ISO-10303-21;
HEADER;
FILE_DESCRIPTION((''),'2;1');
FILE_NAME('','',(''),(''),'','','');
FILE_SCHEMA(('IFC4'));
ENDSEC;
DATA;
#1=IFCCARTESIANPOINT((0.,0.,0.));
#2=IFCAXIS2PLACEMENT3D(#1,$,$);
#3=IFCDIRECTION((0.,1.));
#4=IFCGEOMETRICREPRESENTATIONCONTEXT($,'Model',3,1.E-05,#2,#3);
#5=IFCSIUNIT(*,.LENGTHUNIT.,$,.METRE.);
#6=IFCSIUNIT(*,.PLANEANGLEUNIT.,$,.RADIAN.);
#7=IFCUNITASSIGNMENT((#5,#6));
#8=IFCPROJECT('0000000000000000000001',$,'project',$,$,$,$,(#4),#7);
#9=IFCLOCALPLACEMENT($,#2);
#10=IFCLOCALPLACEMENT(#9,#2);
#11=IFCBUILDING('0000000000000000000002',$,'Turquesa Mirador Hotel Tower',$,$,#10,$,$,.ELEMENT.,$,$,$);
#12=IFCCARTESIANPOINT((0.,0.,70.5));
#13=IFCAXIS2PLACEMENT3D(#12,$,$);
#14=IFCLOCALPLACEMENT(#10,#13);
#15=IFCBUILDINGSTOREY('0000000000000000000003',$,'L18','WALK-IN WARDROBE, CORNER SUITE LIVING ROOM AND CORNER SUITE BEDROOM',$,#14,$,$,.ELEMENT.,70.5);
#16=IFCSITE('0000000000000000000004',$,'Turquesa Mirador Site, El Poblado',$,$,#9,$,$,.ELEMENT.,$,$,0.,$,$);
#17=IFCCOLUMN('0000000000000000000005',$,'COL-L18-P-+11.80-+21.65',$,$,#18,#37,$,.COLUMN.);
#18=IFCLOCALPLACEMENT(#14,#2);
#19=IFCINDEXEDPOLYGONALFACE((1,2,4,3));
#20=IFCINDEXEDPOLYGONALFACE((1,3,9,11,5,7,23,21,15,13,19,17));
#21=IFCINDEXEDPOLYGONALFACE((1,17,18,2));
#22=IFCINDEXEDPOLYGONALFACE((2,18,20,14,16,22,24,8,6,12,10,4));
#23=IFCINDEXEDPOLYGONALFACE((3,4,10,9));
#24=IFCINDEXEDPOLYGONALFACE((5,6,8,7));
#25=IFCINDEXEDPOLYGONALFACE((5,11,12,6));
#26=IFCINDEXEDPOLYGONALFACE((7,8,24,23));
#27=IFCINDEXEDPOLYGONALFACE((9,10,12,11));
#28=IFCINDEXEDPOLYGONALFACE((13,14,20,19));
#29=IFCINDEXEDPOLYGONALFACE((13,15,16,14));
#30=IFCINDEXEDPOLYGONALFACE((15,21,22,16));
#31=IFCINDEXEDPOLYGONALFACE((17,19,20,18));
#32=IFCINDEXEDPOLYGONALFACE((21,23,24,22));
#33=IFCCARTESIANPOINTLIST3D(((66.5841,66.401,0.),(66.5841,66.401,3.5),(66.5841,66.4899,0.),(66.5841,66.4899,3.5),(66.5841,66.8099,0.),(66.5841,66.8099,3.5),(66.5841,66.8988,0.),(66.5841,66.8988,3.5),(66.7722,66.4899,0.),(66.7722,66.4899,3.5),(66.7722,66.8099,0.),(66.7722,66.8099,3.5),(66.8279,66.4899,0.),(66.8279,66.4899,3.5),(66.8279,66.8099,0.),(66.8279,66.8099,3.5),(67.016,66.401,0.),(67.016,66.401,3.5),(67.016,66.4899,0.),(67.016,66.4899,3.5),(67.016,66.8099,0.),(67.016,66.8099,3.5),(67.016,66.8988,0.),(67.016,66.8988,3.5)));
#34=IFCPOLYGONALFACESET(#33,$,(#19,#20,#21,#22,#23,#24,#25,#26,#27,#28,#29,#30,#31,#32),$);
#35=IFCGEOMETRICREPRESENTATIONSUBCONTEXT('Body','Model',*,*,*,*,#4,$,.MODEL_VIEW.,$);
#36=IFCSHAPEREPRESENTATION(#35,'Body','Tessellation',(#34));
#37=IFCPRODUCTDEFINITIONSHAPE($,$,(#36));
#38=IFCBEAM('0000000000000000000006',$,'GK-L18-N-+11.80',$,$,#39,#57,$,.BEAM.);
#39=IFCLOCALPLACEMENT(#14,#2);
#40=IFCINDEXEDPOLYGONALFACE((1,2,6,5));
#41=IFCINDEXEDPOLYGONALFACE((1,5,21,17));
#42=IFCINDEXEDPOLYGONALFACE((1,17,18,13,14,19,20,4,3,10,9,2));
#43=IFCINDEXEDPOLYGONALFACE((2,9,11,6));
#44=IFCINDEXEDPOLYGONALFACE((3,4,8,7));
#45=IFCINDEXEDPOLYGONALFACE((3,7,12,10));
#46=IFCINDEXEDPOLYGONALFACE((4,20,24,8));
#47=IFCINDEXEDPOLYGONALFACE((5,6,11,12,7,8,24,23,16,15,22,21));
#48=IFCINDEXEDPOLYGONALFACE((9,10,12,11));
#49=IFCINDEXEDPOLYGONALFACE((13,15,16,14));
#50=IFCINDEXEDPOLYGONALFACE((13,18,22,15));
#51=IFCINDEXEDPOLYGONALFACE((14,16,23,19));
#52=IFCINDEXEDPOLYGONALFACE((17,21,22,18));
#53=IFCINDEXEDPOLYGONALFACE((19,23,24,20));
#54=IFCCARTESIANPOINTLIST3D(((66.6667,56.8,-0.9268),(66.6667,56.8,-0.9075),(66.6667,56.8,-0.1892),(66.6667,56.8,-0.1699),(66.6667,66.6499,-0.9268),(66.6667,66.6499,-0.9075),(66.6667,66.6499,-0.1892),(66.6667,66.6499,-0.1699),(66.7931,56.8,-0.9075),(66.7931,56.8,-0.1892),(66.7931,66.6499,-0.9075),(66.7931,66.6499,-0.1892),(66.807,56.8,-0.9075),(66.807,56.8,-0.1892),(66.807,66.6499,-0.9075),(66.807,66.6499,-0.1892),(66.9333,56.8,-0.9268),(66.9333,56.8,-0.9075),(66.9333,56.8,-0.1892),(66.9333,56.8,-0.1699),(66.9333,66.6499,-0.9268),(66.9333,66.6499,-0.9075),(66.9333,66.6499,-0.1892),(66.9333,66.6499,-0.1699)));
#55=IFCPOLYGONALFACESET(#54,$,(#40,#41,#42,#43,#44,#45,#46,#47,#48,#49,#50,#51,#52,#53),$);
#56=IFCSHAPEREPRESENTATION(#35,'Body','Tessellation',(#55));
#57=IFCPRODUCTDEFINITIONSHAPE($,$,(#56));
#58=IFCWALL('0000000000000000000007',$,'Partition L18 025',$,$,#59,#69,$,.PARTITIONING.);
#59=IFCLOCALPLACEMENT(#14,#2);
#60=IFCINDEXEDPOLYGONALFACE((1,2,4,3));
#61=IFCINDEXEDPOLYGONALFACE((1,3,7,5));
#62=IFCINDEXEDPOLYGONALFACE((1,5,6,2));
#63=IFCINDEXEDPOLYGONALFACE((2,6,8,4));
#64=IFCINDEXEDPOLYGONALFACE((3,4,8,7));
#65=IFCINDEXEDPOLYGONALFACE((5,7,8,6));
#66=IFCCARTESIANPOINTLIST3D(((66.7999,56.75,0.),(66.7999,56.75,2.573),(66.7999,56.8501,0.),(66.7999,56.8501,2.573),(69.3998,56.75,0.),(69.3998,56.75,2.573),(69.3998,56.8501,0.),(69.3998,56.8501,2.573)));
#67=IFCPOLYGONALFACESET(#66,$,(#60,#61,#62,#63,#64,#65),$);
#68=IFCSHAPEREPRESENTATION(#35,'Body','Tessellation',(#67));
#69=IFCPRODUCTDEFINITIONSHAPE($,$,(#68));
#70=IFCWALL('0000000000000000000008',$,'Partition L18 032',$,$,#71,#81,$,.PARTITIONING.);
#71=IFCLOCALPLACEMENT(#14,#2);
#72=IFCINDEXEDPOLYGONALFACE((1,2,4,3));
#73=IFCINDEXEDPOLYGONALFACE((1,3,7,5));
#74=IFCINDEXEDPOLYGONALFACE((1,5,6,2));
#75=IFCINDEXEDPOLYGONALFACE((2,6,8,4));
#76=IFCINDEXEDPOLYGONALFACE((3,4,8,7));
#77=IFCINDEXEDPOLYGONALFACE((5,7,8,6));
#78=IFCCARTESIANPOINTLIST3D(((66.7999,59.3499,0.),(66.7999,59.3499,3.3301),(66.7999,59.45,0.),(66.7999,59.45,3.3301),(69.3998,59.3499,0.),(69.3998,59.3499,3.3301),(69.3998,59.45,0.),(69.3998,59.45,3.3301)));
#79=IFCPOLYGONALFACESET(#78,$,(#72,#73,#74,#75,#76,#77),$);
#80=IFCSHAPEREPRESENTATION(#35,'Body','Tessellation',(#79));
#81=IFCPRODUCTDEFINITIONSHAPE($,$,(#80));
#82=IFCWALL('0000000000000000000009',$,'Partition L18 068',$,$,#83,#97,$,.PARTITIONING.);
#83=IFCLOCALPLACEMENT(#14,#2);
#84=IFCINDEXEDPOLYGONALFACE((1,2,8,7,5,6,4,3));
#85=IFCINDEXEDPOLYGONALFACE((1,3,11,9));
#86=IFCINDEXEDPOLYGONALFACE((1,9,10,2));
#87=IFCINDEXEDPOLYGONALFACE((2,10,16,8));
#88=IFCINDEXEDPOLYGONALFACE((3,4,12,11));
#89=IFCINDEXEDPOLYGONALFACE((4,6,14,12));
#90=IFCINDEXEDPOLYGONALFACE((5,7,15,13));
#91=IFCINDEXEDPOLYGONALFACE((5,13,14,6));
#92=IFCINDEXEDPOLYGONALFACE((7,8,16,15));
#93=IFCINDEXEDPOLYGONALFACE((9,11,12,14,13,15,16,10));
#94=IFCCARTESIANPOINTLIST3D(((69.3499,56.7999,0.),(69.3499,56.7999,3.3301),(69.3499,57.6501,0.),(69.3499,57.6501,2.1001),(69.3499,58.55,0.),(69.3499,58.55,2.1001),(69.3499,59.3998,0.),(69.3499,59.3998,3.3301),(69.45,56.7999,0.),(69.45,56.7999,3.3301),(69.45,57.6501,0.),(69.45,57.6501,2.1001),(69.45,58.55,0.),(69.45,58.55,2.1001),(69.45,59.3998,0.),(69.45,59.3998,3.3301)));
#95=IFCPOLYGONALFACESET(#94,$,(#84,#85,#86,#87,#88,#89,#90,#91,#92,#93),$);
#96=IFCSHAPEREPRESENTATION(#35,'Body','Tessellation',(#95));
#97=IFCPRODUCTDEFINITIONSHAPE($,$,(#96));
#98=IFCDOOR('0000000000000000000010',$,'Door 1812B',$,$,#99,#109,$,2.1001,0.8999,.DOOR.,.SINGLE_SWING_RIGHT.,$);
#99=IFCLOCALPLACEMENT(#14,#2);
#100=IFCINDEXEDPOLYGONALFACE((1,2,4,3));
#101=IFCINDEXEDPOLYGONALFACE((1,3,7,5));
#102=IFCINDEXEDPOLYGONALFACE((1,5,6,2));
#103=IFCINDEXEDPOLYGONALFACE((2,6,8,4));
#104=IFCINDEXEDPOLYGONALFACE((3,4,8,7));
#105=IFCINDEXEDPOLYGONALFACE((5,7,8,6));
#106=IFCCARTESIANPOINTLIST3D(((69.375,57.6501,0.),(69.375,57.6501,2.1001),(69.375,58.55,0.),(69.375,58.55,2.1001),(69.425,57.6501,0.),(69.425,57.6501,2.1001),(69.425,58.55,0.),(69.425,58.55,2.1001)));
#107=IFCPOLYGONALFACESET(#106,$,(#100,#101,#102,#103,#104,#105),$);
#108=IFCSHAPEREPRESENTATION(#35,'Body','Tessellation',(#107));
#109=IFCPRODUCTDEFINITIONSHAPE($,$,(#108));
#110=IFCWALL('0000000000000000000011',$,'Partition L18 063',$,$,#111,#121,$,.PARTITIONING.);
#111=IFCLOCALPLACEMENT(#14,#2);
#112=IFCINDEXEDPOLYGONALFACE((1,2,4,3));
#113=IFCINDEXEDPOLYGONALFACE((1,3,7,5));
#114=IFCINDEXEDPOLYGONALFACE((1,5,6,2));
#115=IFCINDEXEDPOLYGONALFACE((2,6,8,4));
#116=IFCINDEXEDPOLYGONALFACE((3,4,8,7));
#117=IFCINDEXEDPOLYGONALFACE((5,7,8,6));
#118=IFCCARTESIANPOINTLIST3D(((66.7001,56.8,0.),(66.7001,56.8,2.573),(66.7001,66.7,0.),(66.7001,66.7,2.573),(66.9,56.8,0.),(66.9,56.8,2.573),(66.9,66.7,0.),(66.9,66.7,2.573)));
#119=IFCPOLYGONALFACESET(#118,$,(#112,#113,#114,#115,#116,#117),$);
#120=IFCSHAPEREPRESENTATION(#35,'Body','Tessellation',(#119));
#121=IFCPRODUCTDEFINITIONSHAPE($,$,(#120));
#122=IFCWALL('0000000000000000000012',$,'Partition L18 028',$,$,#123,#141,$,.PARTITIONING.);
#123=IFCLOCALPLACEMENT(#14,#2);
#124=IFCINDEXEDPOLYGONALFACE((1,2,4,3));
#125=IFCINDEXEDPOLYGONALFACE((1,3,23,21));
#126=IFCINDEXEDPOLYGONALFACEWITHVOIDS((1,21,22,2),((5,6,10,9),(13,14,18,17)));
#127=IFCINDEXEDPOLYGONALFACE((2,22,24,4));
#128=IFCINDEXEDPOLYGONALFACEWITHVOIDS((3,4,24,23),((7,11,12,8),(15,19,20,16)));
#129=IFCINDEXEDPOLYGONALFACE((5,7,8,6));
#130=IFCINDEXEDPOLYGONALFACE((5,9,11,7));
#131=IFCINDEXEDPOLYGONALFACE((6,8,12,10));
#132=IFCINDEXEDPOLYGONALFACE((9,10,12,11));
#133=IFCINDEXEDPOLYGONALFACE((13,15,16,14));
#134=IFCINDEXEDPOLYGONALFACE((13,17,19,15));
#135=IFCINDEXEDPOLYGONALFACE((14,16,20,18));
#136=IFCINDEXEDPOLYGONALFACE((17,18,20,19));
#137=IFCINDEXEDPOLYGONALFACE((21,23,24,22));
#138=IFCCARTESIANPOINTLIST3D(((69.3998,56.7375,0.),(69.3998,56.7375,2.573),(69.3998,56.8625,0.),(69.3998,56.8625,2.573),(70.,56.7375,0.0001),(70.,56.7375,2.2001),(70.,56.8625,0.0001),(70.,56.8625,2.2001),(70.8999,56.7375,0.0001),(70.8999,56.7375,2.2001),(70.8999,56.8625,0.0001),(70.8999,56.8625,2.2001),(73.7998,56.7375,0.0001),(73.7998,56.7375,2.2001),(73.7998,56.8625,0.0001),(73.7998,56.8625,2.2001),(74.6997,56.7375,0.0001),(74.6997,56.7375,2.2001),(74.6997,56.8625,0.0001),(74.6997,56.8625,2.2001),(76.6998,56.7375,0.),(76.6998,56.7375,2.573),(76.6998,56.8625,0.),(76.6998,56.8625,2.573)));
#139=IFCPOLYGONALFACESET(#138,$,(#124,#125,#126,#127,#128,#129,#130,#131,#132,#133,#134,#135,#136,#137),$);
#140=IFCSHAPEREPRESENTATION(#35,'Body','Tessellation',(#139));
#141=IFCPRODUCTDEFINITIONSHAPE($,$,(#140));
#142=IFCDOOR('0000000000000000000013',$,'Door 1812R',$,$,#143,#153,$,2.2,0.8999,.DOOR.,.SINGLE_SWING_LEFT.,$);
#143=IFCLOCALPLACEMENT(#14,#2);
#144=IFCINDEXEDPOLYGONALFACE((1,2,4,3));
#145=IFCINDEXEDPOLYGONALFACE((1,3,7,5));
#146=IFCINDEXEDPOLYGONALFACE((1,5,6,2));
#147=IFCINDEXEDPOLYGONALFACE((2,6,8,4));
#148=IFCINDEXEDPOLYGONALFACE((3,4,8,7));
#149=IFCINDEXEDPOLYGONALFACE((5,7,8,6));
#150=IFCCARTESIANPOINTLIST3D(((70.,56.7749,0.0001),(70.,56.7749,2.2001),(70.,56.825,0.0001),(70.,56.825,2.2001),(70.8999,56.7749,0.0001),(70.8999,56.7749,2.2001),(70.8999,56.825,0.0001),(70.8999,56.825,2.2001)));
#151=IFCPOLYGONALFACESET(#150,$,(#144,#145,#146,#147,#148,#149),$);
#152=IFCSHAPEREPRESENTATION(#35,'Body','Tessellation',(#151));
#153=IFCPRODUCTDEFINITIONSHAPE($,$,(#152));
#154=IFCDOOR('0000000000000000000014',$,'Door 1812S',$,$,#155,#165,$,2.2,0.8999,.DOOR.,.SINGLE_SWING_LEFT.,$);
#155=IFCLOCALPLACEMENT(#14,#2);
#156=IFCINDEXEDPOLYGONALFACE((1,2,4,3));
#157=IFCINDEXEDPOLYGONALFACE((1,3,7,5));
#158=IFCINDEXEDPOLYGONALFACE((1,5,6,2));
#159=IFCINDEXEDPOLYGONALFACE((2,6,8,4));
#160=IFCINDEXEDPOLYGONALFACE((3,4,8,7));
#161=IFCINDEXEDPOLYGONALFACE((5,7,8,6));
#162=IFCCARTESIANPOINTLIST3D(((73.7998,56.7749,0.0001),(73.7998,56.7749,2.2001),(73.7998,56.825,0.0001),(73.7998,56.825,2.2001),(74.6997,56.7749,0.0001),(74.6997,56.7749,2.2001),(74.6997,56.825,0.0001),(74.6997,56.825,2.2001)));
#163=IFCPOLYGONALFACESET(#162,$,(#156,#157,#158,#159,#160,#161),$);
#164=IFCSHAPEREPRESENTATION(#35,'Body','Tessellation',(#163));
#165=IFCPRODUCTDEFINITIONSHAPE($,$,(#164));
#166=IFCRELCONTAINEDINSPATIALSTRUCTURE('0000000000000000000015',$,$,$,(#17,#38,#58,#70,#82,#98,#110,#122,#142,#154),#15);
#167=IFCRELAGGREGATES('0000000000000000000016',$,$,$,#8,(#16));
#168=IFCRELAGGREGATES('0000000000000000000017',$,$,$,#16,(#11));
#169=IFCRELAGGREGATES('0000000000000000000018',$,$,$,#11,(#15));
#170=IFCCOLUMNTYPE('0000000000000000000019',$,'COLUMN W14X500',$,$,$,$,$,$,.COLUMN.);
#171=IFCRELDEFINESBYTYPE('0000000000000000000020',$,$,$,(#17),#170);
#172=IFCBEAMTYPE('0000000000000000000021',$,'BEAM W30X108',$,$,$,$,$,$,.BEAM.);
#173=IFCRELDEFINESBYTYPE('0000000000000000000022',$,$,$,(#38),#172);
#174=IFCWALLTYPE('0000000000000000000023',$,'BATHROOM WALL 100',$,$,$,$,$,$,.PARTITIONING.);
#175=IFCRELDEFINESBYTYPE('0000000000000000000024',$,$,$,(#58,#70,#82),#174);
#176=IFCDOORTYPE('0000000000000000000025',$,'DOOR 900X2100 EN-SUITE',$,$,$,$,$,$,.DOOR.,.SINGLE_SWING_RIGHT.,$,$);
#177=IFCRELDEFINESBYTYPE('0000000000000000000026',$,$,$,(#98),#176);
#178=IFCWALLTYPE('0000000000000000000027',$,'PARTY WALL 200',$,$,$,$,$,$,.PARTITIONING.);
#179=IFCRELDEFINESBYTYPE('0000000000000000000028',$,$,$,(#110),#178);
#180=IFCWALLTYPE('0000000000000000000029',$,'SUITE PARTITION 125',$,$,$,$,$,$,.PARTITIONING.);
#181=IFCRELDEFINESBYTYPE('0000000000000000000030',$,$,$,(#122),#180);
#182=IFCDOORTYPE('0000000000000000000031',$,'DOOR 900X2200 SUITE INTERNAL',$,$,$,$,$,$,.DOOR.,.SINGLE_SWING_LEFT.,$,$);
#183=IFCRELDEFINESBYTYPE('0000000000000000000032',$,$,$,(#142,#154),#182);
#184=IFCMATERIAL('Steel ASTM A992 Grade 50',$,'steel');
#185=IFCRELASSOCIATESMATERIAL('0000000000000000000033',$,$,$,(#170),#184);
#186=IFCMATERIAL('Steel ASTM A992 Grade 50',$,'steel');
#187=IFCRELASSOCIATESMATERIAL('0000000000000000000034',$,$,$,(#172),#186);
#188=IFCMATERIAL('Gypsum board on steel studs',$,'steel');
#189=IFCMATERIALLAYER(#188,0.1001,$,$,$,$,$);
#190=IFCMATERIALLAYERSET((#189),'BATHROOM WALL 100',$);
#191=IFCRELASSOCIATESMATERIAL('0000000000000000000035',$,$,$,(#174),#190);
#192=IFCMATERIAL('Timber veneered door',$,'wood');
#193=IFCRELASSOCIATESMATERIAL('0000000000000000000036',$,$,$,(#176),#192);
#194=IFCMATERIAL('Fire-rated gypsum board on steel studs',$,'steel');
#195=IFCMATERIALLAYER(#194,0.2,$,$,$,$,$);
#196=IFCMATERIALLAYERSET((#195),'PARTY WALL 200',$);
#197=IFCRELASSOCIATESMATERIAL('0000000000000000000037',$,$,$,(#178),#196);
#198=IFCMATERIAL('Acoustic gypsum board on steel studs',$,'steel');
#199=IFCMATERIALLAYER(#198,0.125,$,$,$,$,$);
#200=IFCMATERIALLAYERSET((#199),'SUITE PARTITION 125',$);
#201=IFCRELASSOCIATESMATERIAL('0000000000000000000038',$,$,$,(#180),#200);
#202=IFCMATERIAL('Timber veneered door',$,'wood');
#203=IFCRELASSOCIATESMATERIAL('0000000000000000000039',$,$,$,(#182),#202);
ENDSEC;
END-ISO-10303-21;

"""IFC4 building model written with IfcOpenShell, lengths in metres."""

from ifc_helpers import new_model, si_unit, direction, frame, frame_2d, origin, origin_2d, place, context, subcontext, project, spatial, rectangle, i_section, extrude, material, layer, layer_set, material_profile, profile_set, type_object, element, fill, save


model = new_model("IFC4")

# Units and contexts
model_context = context("Model", 3, precision=1e-05, world=origin(), true_north=direction((0.0, 1.0)))
body_context = subcontext(model_context, "Body", "Model", "MODEL_VIEW")
ifc_project = project(units=[si_unit("LENGTHUNIT", "METRE"), si_unit("PLANEANGLEUNIT", "RADIAN")], contexts=[model_context])

# Site, building, storey
site_placement = place(None, origin())
site = spatial("IfcSite", under=ifc_project, at=site_placement, Name="Turquesa Mirador Site, El Poblado", CompositionType="ELEMENT", RefElevation=0.0)
building_placement = place(site_placement, origin())
building = spatial("IfcBuilding", under=site, at=building_placement, Name="Turquesa Mirador Hotel Tower", CompositionType="ELEMENT")
storey_placement = place(building_placement, frame((0.0, 0.0, 70.5)))
storey = spatial("IfcBuildingStorey", under=building, at=storey_placement, Name="L18", Description="WALK-IN WARDROBE, CORNER SUITE LIVING ROOM AND CORNER SUITE BEDROOM", CompositionType="ELEMENT", Elevation=70.5)

# Column
ifc_material_1 = material(Name="Steel ASTM A992 Grade 50", Category="steel")
ifc_material_profile_1 = material_profile(ifc_material_1, i_section(OverallWidth=0.4319, OverallDepth=0.4978, WebThickness=0.0557, FlangeThickness=0.0889, at=origin_2d()), Name="W14X500")
ifc_profile_set_1 = profile_set([ifc_material_profile_1], Name="Steel ASTM A992 Grade 50")
column_type = type_object("IfcColumnType", Name="COLUMN W14X500", PredefinedType="COLUMN", material=ifc_profile_set_1)
column_placement = place(storey_placement, frame((66.8, 66.6499, 0.0), z_axis=(0.0, 0.0, 1.0), x_axis=(1.0, 0.0, 0.0)))
element("IfcColumn", 1, at=column_placement, inside=storey, type_object=column_type, Name="COL-L18-P-+11.80-+21.65", PredefinedType="COLUMN", context=body_context, shape_type="SweptSolid", body=[
    extrude(i_section(OverallWidth=0.4319, OverallDepth=0.4978, WebThickness=0.0557, FlangeThickness=0.0889, at=origin_2d()), origin(), (0.0, 0.0, 1.0), 3.5),
])

# Beam
ifc_material_2 = material(Name="Steel ASTM A992 Grade 50", Category="steel")
ifc_material_profile_2 = material_profile(ifc_material_2, i_section(OverallWidth=0.2666, OverallDepth=0.7568, WebThickness=0.0139, FlangeThickness=0.0193, at=origin_2d()), Name="W30X108")
ifc_profile_set_2 = profile_set([ifc_material_profile_2], Name="Steel ASTM A992 Grade 50")
beam_type = type_object("IfcBeamType", Name="BEAM W30X108", PredefinedType="BEAM", material=ifc_profile_set_2)
beam_placement = place(storey_placement, frame((66.8, 66.6499, -0.5483), z_axis=(0.0, -1.0, 0.0), x_axis=(1.0, 0.0, 0.0)))
element("IfcBeam", 2, at=beam_placement, inside=storey, type_object=beam_type, Name="GK-L18-N-+11.80", PredefinedType="BEAM", context=body_context, shape_type="SweptSolid", body=[
    extrude(i_section(OverallWidth=0.2666, OverallDepth=0.7568, WebThickness=0.0139, FlangeThickness=0.0193, at=origin_2d()), origin(), (0.0, 0.0, 1.0), 9.8499),
])

# Walls
ifc_material_3 = material(Name="Gypsum board on steel studs", Category="steel")
ifc_layer_1 = layer(ifc_material_3, 0.1001)
ifc_layer_set_1 = layer_set([ifc_layer_1], Name="BATHROOM WALL 100")
wall_type_1 = type_object("IfcWallType", Name="BATHROOM WALL 100", PredefinedType="PARTITIONING", material=ifc_layer_set_1)
wall_1_placement = place(storey_placement, frame((66.8, 56.8, 0.0), z_axis=(0.0, 0.0, 1.0), x_axis=(1.0, 0.0, 0.0)))
element("IfcWall", 3, at=wall_1_placement, inside=storey, type_object=wall_type_1, Name="Partition L18 025", PredefinedType="PARTITIONING", context=body_context, shape_type="SweptSolid", body=[
    extrude(rectangle(XDim=2.5999, YDim=0.1001, at=frame_2d((1.2998, 0.0))), origin(), (0.0, 0.0, 1.0), 2.573),
])
wall_2_placement = place(storey_placement, frame((66.8, 59.3999, 0.0), z_axis=(0.0, 0.0, 1.0), x_axis=(1.0, 0.0, 0.0)))
element("IfcWall", 4, at=wall_2_placement, inside=storey, type_object=wall_type_1, Name="Partition L18 032", PredefinedType="PARTITIONING", context=body_context, shape_type="SweptSolid", body=[
    extrude(rectangle(XDim=2.5999, YDim=0.1001, at=frame_2d((1.2998, 0.0))), origin(), (0.0, 0.0, 1.0), 3.3301),
])

# Wall, opening, door
wall_3_placement = place(storey_placement, frame((69.3999, 56.8, 0.0), z_axis=(0.0, 0.0, 1.0), x_axis=(0.0, 1.0, 0.0)))
wall_3 = element("IfcWall", 5, at=wall_3_placement, inside=storey, type_object=wall_type_1, Name="Partition L18 068", PredefinedType="PARTITIONING", context=body_context, shape_type="SweptSolid", body=[
    extrude(rectangle(XDim=2.5999, YDim=0.1001, at=frame_2d((1.2998, 0.0))), origin(), (0.0, 0.0, 1.0), 3.3301),
])
opening_1_placement = place(wall_3_placement, frame((0.8501, 0.0, 0.0)))
opening_1 = element("IfcOpeningElement", 6, at=opening_1_placement, cuts=wall_3, PredefinedType="OPENING", context=body_context, shape_type="SweptSolid", body=[
    extrude(rectangle(XDim=0.8999, YDim=2.1001, at=frame_2d((0.45, 1.05))), frame((0.0, 0.0601, 0.0), z_axis=(0.0, -1.0, 0.0), x_axis=(1.0, 0.0, 0.0)), (0.0, 0.0, 1.0), 0.1201),
])
ifc_material_4 = material(Name="Timber veneered door", Category="wood")
door_type_1 = type_object("IfcDoorType", Name="DOOR 900X2100 EN-SUITE", OperationType="SINGLE_SWING_RIGHT", PredefinedType="DOOR", material=ifc_material_4)
door_1_placement = place(opening_1_placement, origin())
door_1 = element("IfcDoor", 7, at=door_1_placement, inside=storey, type_object=door_type_1, Name="Door 1812B", OperationType="SINGLE_SWING_RIGHT", OverallHeight=2.1001, OverallWidth=0.8999, PredefinedType="DOOR", context=body_context, shape_type="SweptSolid", body=[
    extrude(rectangle(XDim=0.8999, YDim=2.1001, at=frame_2d((0.45, 1.05))), frame((0.0, 0.0249, 0.0), z_axis=(0.0, -1.0, 0.0), x_axis=(1.0, 0.0, 0.0)), (0.0, 0.0, 1.0), 0.05),
])
fill(opening_1, door_1)

# Wall
ifc_material_5 = material(Name="Fire-rated gypsum board on steel studs", Category="steel")
ifc_layer_2 = layer(ifc_material_5, 0.2)
ifc_layer_set_2 = layer_set([ifc_layer_2], Name="PARTY WALL 200")
wall_type_2 = type_object("IfcWallType", Name="PARTY WALL 200", PredefinedType="PARTITIONING", material=ifc_layer_set_2)
wall_4_placement = place(storey_placement, frame((66.8, 56.8, 0.0), z_axis=(0.0, 0.0, 1.0), x_axis=(0.0, 1.0, 0.0)))
element("IfcWall", 8, at=wall_4_placement, inside=storey, type_object=wall_type_2, Name="Partition L18 063", PredefinedType="PARTITIONING", context=body_context, shape_type="SweptSolid", body=[
    extrude(rectangle(XDim=9.8999, YDim=0.2, at=frame_2d((4.95, 0.0))), origin(), (0.0, 0.0, 1.0), 2.573),
])

# Wall, openings, doors
ifc_material_6 = material(Name="Acoustic gypsum board on steel studs", Category="steel")
ifc_layer_3 = layer(ifc_material_6, 0.125)
ifc_layer_set_3 = layer_set([ifc_layer_3], Name="SUITE PARTITION 125")
wall_type_3 = type_object("IfcWallType", Name="SUITE PARTITION 125", PredefinedType="PARTITIONING", material=ifc_layer_set_3)
wall_5_placement = place(storey_placement, frame((69.3999, 56.8, 0.0), z_axis=(0.0, 0.0, 1.0), x_axis=(1.0, 0.0, 0.0)))
wall_5 = element("IfcWall", 9, at=wall_5_placement, inside=storey, type_object=wall_type_3, Name="Partition L18 028", PredefinedType="PARTITIONING", context=body_context, shape_type="SweptSolid", body=[
    extrude(rectangle(XDim=7.3, YDim=0.125, at=frame_2d((3.6499, 0.0))), origin(), (0.0, 0.0, 1.0), 2.573),
])
opening_2_placement = place(wall_5_placement, frame((0.6001, 0.0, 0.0)))
opening_2 = element("IfcOpeningElement", 10, at=opening_2_placement, cuts=wall_5, PredefinedType="OPENING", context=body_context, shape_type="SweptSolid", body=[
    extrude(rectangle(XDim=0.8999, YDim=2.2, at=frame_2d((0.45, 1.1001))), frame((0.0, 0.0725, 0.0), z_axis=(0.0, -1.0, 0.0), x_axis=(1.0, 0.0, 0.0)), (0.0, 0.0, 1.0), 0.145),
])
opening_3_placement = place(wall_5_placement, frame((4.3999, 0.0, 0.0)))
opening_3 = element("IfcOpeningElement", 11, at=opening_3_placement, cuts=wall_5, PredefinedType="OPENING", context=body_context, shape_type="SweptSolid", body=[
    extrude(rectangle(XDim=0.8999, YDim=2.2, at=frame_2d((0.45, 1.1001))), frame((0.0, 0.0725, 0.0), z_axis=(0.0, -1.0, 0.0), x_axis=(1.0, 0.0, 0.0)), (0.0, 0.0, 1.0), 0.145),
])
ifc_material_7 = material(Name="Timber veneered door", Category="wood")
door_type_2 = type_object("IfcDoorType", Name="DOOR 900X2200 SUITE INTERNAL", OperationType="SINGLE_SWING_LEFT", PredefinedType="DOOR", material=ifc_material_7)
door_2_placement = place(opening_2_placement, origin())
door_2 = element("IfcDoor", 12, at=door_2_placement, inside=storey, type_object=door_type_2, Name="Door 1812R", OperationType="SINGLE_SWING_LEFT", OverallHeight=2.2, OverallWidth=0.8999, PredefinedType="DOOR", context=body_context, shape_type="SweptSolid", body=[
    extrude(rectangle(XDim=0.8999, YDim=2.2, at=frame_2d((0.45, 1.1001))), frame((0.0, 0.0249, 0.0), z_axis=(0.0, -1.0, 0.0), x_axis=(1.0, 0.0, 0.0)), (0.0, 0.0, 1.0), 0.05),
])
fill(opening_2, door_2)
door_3_placement = place(opening_3_placement, origin())
door_3 = element("IfcDoor", 13, at=door_3_placement, inside=storey, type_object=door_type_2, Name="Door 1812S", OperationType="SINGLE_SWING_LEFT", OverallHeight=2.2, OverallWidth=0.8999, PredefinedType="DOOR", context=body_context, shape_type="SweptSolid", body=[
    extrude(rectangle(XDim=0.8999, YDim=2.2, at=frame_2d((0.45, 1.1001))), frame((0.0, 0.0249, 0.0), z_axis=(0.0, -1.0, 0.0), x_axis=(1.0, 0.0, 0.0)), (0.0, 0.0, 1.0), 0.05),
])
fill(opening_3, door_3)

save(model, "model.ifc")
